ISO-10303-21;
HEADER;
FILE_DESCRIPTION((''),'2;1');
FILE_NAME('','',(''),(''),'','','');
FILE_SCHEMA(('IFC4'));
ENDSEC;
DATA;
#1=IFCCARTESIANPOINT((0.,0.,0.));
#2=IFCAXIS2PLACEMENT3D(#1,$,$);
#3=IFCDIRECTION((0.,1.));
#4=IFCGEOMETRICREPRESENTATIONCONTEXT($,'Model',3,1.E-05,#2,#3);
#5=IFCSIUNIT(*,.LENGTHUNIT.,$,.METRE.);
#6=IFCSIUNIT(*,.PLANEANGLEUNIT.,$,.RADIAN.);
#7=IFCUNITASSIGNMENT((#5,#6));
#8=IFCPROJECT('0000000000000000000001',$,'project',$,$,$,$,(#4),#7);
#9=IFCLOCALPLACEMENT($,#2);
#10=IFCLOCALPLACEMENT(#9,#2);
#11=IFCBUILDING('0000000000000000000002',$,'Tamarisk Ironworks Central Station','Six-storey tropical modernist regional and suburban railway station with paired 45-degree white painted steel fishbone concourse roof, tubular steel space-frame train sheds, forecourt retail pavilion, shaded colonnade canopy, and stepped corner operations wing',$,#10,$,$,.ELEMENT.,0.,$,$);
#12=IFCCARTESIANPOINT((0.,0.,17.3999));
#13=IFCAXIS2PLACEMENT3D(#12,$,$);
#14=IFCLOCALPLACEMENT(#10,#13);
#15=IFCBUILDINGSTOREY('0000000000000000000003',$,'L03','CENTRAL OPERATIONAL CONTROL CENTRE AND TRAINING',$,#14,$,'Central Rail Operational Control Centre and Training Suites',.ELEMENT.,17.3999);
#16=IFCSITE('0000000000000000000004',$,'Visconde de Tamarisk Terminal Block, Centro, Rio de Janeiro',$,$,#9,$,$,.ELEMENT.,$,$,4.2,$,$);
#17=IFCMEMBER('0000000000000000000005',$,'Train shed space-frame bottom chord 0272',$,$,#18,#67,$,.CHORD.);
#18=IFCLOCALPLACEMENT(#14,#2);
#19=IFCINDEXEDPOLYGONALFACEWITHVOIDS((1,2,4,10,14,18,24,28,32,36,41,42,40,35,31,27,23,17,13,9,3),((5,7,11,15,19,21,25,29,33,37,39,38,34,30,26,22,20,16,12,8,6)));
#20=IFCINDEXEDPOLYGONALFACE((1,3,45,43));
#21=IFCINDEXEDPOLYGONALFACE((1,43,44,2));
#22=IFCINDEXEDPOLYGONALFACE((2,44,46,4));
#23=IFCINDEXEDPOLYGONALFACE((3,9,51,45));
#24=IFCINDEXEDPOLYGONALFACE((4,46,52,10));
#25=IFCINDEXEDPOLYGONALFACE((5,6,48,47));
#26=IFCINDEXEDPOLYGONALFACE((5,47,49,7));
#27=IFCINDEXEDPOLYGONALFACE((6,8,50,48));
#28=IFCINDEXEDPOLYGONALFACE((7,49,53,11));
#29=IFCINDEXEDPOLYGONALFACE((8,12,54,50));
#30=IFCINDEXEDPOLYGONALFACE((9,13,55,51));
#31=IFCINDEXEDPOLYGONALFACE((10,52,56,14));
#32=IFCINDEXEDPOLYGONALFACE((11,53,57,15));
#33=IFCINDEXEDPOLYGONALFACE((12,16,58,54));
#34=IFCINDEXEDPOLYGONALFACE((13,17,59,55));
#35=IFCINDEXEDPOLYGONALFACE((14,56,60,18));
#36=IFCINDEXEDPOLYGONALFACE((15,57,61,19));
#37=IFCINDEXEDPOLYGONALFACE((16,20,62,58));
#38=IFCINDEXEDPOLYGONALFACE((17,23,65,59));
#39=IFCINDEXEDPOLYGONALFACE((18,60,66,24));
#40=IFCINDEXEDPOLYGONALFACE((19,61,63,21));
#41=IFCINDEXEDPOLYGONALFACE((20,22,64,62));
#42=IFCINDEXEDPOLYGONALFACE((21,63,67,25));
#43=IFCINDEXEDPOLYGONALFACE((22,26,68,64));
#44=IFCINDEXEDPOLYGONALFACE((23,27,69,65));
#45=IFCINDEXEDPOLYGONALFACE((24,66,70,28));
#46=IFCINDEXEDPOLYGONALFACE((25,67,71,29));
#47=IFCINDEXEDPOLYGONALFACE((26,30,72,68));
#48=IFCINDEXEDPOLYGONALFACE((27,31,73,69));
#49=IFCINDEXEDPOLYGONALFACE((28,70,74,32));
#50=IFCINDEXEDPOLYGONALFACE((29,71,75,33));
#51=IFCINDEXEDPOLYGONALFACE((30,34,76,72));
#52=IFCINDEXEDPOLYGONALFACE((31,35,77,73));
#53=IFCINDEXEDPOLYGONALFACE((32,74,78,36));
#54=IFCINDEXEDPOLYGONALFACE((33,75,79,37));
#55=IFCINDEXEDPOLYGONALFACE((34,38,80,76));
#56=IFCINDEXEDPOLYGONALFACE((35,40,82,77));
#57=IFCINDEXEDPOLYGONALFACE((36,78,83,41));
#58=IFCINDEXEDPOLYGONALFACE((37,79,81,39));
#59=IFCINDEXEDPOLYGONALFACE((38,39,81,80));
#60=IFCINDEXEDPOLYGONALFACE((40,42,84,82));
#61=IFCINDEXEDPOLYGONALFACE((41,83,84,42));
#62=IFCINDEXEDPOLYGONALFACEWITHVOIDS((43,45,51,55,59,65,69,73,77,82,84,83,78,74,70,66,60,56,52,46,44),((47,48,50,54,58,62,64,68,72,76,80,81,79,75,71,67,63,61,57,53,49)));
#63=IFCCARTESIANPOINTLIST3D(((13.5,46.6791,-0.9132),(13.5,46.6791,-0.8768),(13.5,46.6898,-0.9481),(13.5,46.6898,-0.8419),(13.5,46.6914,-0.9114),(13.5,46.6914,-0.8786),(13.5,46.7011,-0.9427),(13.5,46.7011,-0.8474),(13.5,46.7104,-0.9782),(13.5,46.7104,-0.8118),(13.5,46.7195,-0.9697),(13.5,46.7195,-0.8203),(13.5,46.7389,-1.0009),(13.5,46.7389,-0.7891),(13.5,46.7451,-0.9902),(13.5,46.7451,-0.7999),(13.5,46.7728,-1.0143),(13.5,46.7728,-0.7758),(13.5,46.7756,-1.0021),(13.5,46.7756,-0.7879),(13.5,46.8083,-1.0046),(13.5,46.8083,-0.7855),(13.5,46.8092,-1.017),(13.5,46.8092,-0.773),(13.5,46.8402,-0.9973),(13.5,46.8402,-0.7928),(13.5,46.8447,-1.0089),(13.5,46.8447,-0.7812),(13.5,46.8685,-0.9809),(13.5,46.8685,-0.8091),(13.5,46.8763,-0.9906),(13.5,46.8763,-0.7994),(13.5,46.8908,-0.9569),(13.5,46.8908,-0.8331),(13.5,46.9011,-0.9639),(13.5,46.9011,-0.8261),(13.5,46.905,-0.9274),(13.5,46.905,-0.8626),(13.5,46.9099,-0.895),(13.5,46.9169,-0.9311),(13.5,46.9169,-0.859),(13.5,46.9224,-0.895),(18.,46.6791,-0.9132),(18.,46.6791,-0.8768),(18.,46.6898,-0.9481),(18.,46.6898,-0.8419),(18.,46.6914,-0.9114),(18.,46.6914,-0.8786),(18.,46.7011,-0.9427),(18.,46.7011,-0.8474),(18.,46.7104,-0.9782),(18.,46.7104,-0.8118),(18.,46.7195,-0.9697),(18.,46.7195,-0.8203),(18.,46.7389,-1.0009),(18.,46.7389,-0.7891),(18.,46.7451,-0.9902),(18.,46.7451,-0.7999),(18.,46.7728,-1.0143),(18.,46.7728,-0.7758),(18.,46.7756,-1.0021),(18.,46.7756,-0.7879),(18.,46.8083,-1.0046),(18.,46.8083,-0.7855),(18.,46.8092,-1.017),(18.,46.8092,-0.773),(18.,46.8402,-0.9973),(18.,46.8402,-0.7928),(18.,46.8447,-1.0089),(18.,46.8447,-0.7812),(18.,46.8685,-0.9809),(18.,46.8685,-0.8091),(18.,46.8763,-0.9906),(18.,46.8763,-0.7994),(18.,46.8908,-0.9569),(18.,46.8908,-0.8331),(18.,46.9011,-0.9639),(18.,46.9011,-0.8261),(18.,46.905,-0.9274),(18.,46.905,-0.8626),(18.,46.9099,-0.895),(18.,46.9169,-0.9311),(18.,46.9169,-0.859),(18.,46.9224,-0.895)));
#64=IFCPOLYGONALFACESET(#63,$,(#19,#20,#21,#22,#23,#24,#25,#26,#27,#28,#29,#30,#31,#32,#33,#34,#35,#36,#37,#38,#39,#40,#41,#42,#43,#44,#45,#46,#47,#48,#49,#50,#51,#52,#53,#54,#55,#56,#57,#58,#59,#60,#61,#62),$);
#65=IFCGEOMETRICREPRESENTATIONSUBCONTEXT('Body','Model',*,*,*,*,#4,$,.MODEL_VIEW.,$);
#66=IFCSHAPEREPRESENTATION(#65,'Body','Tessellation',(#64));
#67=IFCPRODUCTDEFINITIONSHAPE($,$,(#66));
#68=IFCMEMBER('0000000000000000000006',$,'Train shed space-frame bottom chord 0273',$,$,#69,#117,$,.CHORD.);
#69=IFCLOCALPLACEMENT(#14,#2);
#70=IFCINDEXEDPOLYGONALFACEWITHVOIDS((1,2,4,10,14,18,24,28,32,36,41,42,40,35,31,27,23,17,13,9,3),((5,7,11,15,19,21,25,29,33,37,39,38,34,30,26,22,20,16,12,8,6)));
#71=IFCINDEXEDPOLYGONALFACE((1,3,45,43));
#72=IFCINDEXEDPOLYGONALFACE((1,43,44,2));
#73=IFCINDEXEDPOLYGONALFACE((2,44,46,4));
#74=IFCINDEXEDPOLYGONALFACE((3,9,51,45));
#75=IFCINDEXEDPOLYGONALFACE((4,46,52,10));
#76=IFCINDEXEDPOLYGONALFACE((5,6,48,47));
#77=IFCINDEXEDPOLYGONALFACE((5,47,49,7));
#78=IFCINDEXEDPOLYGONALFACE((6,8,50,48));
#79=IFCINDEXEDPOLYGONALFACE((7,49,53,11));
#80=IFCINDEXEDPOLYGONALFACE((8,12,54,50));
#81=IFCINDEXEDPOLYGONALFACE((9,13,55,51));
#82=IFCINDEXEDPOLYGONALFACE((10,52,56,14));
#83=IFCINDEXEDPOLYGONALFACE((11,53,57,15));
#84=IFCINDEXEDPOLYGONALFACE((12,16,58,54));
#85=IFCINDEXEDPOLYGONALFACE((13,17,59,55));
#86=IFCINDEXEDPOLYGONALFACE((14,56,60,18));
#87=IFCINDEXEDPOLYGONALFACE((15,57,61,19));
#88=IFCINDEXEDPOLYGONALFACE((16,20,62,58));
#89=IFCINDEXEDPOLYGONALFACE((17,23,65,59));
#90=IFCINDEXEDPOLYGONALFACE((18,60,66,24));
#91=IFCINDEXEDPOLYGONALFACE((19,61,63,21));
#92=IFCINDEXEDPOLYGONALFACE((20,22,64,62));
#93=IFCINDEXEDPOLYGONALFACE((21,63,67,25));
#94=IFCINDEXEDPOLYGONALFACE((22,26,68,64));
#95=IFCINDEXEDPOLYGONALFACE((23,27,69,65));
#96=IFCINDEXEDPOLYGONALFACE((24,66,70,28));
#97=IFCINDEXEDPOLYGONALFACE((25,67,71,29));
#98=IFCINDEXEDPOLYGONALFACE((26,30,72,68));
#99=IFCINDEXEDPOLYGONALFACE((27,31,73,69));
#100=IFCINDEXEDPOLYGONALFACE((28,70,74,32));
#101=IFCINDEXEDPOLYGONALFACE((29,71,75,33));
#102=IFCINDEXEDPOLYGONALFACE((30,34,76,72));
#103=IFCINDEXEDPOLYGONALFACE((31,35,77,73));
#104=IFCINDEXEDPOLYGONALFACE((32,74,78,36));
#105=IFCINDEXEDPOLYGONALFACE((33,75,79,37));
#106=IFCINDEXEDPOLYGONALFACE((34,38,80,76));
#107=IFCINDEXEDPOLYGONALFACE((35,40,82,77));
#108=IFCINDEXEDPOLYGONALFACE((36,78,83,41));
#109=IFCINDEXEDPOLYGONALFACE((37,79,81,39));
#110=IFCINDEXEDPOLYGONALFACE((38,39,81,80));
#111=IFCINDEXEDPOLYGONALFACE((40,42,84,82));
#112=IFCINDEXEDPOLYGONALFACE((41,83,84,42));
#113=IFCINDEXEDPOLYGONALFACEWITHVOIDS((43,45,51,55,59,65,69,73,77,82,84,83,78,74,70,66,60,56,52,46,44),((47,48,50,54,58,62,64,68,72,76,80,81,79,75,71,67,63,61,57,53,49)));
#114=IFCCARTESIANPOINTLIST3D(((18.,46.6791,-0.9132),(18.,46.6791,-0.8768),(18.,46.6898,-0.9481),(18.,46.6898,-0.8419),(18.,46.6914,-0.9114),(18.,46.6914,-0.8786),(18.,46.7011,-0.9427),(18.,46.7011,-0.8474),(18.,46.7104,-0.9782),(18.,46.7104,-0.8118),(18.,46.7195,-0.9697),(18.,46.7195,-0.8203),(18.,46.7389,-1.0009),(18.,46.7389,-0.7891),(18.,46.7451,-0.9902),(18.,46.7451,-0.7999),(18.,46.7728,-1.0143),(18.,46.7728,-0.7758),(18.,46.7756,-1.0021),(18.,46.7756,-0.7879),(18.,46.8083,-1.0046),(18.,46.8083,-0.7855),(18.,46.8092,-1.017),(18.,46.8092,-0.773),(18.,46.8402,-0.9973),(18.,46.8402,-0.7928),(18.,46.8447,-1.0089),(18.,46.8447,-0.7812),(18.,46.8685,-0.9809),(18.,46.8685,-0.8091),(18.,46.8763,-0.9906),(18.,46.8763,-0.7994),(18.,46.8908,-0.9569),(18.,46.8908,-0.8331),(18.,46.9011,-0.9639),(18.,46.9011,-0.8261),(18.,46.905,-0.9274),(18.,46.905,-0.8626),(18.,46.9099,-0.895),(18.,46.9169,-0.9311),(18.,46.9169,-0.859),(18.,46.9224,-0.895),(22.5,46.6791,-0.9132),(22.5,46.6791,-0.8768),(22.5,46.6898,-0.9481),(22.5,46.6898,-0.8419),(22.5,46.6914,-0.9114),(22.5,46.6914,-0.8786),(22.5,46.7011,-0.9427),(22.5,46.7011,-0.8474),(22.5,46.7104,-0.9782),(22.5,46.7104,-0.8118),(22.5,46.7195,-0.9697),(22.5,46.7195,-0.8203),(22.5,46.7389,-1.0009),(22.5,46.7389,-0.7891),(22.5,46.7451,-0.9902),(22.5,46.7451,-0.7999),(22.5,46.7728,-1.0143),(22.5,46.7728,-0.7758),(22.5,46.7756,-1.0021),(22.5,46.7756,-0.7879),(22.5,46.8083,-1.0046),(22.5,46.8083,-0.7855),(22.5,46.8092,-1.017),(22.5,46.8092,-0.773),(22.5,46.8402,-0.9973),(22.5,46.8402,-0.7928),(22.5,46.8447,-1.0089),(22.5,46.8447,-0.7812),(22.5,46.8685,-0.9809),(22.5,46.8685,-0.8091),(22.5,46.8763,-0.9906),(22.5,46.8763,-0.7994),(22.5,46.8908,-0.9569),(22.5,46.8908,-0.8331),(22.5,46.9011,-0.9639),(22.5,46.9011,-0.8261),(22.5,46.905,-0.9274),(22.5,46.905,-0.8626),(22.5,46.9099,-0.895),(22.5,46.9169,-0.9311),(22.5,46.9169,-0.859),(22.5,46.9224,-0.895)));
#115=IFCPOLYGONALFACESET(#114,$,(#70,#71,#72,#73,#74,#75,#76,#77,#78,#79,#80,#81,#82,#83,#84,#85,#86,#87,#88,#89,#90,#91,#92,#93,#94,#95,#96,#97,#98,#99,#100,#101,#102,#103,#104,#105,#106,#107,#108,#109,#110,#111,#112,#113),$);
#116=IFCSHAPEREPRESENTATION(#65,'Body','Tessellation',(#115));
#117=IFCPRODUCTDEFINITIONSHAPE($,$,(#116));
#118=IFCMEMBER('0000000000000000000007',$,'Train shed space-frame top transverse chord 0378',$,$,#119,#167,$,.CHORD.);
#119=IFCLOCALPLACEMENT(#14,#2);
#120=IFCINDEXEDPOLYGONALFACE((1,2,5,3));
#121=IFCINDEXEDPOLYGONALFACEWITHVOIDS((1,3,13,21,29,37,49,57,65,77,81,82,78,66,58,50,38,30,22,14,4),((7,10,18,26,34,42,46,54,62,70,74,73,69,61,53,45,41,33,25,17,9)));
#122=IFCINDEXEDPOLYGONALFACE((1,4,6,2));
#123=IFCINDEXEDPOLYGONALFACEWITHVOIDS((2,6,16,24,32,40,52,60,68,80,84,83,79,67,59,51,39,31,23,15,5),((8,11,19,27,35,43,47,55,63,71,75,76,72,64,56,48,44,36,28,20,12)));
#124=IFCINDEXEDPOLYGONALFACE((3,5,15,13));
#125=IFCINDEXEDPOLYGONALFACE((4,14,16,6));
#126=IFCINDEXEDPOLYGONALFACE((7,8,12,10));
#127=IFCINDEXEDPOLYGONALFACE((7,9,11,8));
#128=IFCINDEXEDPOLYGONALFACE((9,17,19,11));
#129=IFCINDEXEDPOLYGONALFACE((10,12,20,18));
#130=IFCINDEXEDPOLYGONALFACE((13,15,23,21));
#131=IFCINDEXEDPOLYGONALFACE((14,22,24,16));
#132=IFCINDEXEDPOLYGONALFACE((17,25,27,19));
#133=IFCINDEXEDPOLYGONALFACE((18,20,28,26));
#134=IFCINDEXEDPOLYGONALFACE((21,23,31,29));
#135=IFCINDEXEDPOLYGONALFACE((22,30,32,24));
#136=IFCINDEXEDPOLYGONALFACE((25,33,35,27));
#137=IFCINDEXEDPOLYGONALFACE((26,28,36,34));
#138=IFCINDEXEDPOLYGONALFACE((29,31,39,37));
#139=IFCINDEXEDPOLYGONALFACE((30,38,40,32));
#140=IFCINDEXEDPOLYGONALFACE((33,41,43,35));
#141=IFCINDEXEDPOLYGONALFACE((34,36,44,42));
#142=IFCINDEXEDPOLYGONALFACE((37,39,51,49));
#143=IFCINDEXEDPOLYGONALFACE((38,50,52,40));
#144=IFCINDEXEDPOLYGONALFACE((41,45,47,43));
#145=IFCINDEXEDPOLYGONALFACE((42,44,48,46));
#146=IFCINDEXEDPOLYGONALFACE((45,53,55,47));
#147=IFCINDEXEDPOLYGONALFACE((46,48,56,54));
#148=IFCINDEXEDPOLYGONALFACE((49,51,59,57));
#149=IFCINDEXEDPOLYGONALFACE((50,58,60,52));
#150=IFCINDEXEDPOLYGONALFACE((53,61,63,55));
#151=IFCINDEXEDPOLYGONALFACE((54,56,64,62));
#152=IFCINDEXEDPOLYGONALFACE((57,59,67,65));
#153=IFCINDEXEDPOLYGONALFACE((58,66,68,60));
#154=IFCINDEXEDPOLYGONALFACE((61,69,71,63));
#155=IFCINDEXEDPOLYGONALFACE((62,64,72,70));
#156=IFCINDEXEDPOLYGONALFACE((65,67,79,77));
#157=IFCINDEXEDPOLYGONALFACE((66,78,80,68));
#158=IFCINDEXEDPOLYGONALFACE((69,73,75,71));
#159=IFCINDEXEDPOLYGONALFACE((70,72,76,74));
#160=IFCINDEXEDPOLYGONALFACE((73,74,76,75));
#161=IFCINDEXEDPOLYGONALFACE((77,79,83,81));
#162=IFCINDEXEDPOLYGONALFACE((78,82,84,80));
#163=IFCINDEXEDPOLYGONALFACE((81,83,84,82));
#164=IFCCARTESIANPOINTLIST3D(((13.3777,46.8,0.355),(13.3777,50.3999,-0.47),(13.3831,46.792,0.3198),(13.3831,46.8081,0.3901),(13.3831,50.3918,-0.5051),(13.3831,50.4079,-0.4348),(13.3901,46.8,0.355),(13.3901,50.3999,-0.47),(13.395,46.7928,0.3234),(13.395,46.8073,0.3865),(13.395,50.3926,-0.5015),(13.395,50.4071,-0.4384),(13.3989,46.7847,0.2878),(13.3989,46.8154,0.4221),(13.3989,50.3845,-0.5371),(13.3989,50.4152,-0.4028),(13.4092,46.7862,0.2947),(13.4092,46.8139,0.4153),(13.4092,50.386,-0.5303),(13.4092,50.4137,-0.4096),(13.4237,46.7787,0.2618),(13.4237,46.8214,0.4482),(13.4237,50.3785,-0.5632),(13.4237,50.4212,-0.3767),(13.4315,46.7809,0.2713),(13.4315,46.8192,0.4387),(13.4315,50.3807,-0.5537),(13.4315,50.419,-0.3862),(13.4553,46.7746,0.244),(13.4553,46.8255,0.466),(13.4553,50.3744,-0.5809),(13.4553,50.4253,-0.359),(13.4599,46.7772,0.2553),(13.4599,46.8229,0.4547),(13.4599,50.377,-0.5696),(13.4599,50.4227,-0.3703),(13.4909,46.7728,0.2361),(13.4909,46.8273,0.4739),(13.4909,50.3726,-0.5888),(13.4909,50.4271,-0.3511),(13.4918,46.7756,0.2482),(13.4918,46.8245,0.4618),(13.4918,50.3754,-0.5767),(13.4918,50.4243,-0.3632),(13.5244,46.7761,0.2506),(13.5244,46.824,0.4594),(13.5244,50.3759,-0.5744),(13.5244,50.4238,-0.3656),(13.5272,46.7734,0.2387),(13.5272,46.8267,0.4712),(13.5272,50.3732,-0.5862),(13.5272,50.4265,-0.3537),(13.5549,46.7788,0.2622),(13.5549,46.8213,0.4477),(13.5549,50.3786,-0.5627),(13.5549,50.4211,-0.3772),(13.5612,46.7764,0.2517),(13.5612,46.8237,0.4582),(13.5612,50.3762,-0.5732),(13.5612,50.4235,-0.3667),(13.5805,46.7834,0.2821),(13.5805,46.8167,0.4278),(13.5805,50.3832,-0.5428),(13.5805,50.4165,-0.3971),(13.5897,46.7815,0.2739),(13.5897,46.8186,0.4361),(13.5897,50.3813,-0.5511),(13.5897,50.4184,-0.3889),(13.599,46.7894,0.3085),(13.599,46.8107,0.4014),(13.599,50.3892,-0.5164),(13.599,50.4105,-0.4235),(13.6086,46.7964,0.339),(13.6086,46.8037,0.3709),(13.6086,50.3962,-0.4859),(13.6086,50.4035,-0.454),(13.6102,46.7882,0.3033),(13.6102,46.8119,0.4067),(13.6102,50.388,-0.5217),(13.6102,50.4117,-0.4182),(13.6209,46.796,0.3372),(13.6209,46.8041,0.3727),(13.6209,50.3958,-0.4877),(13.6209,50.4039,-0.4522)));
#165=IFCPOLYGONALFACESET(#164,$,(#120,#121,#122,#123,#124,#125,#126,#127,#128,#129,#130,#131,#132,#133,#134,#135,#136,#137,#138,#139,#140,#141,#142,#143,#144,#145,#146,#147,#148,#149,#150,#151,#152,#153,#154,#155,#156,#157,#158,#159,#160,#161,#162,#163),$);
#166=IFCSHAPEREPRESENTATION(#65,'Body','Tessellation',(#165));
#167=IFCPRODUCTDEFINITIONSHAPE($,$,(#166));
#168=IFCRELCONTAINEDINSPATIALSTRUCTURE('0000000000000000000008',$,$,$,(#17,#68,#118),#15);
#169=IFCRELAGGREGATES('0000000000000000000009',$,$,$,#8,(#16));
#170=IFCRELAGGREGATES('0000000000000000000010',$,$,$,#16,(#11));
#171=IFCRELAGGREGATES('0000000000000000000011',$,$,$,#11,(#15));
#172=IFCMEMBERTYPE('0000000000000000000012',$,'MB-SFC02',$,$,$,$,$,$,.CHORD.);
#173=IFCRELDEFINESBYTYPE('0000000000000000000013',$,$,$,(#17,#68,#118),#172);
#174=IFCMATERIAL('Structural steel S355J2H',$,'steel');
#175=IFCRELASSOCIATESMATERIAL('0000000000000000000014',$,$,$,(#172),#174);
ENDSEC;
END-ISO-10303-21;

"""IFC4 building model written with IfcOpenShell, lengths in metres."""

from ifc_helpers import new_model, si_unit, direction, frame, origin, origin_2d, place, context, subcontext, project, spatial, hollow_circle, extrude, material, material_profile, profile_set, type_object, element, save


model = new_model("IFC4")

# Units and contexts
model_context = context("Model", 3, precision=1e-05, world=origin(), true_north=direction((0.0, 1.0)))
body_context = subcontext(model_context, "Body", "Model", "MODEL_VIEW")
ifc_project = project(units=[si_unit("LENGTHUNIT", "METRE"), si_unit("PLANEANGLEUNIT", "RADIAN")], contexts=[model_context])

# Site, building, storey
site_placement = place(None, origin())
site = spatial("IfcSite", under=ifc_project, at=site_placement, Name="Visconde de Tamarisk Terminal Block, Centro, Rio de Janeiro", CompositionType="ELEMENT", RefElevation=4.2)
building_placement = place(site_placement, origin())
building = spatial("IfcBuilding", under=site, at=building_placement, Name="Tamarisk Ironworks Central Station", Description="Six-storey tropical modernist regional and suburban railway station with paired 45-degree white painted steel fishbone concourse roof, tubular steel space-frame train sheds, forecourt retail pavilion, shaded colonnade canopy, and stepped corner operations wing", CompositionType="ELEMENT", ElevationOfRefHeight=0.0)
storey_placement = place(building_placement, frame((0.0, 0.0, 17.3999)))
storey = spatial("IfcBuildingStorey", under=building, at=storey_placement, Name="L03", Description="CENTRAL OPERATIONAL CONTROL CENTRE AND TRAINING", LongName="Central Rail Operational Control Centre and Training Suites", CompositionType="ELEMENT", Elevation=17.3999)

# Members
ifc_material = material(Name="Structural steel S355J2H", Category="steel")
ifc_material_profile_1 = material_profile(ifc_material, hollow_circle(Radius=0.1223, WallThickness=0.0125, at=origin_2d()), Name="CHS 244.5x12.5")
ifc_profile_set_1 = profile_set([ifc_material_profile_1], Name="Structural steel S355J2H")
member_type_1 = type_object("IfcMemberType", Name="MB-SFC02", PredefinedType="CHORD", material=ifc_profile_set_1)
for number, where, z_axis, x_axis, name in (
    (1, (13.5, 46.8, -0.895), (1.0, 0.0, 0.0), (0.0, 1.0, 0.0), "Train shed space-frame bottom chord 0272"),
    (2, (18.0, 46.8, -0.895), (1.0, 0.0, 0.0), (0.0, 1.0, 0.0), "Train shed space-frame bottom chord 0273"),
):
    element("IfcMember", number, at=place(storey_placement, frame(where, z_axis=z_axis, x_axis=x_axis)), inside=storey, type_object=member_type_1, Name=name, PredefinedType="CHORD", context=body_context, shape_type="SweptSolid", body=[
        extrude(hollow_circle(Radius=0.1223, WallThickness=0.0125, at=origin_2d()), origin(), (0.0, 0.0, 1.0), 4.5),
    ])
member_1_placement = place(storey_placement, frame((13.5, 46.8, 0.355), z_axis=(0.0, 0.974733, -0.223372), x_axis=(-1.0, 0.0, 0.0)))
element("IfcMember", 3, at=member_1_placement, inside=storey, type_object=member_type_1, Name="Train shed space-frame top transverse chord 0378", PredefinedType="CHORD", context=body_context, shape_type="SweptSolid", body=[
    extrude(hollow_circle(Radius=0.1223, WallThickness=0.0125, at=origin_2d()), origin(), (0.0, 0.0, 1.0), 3.6931),
])

save(model, "model.ifc")
